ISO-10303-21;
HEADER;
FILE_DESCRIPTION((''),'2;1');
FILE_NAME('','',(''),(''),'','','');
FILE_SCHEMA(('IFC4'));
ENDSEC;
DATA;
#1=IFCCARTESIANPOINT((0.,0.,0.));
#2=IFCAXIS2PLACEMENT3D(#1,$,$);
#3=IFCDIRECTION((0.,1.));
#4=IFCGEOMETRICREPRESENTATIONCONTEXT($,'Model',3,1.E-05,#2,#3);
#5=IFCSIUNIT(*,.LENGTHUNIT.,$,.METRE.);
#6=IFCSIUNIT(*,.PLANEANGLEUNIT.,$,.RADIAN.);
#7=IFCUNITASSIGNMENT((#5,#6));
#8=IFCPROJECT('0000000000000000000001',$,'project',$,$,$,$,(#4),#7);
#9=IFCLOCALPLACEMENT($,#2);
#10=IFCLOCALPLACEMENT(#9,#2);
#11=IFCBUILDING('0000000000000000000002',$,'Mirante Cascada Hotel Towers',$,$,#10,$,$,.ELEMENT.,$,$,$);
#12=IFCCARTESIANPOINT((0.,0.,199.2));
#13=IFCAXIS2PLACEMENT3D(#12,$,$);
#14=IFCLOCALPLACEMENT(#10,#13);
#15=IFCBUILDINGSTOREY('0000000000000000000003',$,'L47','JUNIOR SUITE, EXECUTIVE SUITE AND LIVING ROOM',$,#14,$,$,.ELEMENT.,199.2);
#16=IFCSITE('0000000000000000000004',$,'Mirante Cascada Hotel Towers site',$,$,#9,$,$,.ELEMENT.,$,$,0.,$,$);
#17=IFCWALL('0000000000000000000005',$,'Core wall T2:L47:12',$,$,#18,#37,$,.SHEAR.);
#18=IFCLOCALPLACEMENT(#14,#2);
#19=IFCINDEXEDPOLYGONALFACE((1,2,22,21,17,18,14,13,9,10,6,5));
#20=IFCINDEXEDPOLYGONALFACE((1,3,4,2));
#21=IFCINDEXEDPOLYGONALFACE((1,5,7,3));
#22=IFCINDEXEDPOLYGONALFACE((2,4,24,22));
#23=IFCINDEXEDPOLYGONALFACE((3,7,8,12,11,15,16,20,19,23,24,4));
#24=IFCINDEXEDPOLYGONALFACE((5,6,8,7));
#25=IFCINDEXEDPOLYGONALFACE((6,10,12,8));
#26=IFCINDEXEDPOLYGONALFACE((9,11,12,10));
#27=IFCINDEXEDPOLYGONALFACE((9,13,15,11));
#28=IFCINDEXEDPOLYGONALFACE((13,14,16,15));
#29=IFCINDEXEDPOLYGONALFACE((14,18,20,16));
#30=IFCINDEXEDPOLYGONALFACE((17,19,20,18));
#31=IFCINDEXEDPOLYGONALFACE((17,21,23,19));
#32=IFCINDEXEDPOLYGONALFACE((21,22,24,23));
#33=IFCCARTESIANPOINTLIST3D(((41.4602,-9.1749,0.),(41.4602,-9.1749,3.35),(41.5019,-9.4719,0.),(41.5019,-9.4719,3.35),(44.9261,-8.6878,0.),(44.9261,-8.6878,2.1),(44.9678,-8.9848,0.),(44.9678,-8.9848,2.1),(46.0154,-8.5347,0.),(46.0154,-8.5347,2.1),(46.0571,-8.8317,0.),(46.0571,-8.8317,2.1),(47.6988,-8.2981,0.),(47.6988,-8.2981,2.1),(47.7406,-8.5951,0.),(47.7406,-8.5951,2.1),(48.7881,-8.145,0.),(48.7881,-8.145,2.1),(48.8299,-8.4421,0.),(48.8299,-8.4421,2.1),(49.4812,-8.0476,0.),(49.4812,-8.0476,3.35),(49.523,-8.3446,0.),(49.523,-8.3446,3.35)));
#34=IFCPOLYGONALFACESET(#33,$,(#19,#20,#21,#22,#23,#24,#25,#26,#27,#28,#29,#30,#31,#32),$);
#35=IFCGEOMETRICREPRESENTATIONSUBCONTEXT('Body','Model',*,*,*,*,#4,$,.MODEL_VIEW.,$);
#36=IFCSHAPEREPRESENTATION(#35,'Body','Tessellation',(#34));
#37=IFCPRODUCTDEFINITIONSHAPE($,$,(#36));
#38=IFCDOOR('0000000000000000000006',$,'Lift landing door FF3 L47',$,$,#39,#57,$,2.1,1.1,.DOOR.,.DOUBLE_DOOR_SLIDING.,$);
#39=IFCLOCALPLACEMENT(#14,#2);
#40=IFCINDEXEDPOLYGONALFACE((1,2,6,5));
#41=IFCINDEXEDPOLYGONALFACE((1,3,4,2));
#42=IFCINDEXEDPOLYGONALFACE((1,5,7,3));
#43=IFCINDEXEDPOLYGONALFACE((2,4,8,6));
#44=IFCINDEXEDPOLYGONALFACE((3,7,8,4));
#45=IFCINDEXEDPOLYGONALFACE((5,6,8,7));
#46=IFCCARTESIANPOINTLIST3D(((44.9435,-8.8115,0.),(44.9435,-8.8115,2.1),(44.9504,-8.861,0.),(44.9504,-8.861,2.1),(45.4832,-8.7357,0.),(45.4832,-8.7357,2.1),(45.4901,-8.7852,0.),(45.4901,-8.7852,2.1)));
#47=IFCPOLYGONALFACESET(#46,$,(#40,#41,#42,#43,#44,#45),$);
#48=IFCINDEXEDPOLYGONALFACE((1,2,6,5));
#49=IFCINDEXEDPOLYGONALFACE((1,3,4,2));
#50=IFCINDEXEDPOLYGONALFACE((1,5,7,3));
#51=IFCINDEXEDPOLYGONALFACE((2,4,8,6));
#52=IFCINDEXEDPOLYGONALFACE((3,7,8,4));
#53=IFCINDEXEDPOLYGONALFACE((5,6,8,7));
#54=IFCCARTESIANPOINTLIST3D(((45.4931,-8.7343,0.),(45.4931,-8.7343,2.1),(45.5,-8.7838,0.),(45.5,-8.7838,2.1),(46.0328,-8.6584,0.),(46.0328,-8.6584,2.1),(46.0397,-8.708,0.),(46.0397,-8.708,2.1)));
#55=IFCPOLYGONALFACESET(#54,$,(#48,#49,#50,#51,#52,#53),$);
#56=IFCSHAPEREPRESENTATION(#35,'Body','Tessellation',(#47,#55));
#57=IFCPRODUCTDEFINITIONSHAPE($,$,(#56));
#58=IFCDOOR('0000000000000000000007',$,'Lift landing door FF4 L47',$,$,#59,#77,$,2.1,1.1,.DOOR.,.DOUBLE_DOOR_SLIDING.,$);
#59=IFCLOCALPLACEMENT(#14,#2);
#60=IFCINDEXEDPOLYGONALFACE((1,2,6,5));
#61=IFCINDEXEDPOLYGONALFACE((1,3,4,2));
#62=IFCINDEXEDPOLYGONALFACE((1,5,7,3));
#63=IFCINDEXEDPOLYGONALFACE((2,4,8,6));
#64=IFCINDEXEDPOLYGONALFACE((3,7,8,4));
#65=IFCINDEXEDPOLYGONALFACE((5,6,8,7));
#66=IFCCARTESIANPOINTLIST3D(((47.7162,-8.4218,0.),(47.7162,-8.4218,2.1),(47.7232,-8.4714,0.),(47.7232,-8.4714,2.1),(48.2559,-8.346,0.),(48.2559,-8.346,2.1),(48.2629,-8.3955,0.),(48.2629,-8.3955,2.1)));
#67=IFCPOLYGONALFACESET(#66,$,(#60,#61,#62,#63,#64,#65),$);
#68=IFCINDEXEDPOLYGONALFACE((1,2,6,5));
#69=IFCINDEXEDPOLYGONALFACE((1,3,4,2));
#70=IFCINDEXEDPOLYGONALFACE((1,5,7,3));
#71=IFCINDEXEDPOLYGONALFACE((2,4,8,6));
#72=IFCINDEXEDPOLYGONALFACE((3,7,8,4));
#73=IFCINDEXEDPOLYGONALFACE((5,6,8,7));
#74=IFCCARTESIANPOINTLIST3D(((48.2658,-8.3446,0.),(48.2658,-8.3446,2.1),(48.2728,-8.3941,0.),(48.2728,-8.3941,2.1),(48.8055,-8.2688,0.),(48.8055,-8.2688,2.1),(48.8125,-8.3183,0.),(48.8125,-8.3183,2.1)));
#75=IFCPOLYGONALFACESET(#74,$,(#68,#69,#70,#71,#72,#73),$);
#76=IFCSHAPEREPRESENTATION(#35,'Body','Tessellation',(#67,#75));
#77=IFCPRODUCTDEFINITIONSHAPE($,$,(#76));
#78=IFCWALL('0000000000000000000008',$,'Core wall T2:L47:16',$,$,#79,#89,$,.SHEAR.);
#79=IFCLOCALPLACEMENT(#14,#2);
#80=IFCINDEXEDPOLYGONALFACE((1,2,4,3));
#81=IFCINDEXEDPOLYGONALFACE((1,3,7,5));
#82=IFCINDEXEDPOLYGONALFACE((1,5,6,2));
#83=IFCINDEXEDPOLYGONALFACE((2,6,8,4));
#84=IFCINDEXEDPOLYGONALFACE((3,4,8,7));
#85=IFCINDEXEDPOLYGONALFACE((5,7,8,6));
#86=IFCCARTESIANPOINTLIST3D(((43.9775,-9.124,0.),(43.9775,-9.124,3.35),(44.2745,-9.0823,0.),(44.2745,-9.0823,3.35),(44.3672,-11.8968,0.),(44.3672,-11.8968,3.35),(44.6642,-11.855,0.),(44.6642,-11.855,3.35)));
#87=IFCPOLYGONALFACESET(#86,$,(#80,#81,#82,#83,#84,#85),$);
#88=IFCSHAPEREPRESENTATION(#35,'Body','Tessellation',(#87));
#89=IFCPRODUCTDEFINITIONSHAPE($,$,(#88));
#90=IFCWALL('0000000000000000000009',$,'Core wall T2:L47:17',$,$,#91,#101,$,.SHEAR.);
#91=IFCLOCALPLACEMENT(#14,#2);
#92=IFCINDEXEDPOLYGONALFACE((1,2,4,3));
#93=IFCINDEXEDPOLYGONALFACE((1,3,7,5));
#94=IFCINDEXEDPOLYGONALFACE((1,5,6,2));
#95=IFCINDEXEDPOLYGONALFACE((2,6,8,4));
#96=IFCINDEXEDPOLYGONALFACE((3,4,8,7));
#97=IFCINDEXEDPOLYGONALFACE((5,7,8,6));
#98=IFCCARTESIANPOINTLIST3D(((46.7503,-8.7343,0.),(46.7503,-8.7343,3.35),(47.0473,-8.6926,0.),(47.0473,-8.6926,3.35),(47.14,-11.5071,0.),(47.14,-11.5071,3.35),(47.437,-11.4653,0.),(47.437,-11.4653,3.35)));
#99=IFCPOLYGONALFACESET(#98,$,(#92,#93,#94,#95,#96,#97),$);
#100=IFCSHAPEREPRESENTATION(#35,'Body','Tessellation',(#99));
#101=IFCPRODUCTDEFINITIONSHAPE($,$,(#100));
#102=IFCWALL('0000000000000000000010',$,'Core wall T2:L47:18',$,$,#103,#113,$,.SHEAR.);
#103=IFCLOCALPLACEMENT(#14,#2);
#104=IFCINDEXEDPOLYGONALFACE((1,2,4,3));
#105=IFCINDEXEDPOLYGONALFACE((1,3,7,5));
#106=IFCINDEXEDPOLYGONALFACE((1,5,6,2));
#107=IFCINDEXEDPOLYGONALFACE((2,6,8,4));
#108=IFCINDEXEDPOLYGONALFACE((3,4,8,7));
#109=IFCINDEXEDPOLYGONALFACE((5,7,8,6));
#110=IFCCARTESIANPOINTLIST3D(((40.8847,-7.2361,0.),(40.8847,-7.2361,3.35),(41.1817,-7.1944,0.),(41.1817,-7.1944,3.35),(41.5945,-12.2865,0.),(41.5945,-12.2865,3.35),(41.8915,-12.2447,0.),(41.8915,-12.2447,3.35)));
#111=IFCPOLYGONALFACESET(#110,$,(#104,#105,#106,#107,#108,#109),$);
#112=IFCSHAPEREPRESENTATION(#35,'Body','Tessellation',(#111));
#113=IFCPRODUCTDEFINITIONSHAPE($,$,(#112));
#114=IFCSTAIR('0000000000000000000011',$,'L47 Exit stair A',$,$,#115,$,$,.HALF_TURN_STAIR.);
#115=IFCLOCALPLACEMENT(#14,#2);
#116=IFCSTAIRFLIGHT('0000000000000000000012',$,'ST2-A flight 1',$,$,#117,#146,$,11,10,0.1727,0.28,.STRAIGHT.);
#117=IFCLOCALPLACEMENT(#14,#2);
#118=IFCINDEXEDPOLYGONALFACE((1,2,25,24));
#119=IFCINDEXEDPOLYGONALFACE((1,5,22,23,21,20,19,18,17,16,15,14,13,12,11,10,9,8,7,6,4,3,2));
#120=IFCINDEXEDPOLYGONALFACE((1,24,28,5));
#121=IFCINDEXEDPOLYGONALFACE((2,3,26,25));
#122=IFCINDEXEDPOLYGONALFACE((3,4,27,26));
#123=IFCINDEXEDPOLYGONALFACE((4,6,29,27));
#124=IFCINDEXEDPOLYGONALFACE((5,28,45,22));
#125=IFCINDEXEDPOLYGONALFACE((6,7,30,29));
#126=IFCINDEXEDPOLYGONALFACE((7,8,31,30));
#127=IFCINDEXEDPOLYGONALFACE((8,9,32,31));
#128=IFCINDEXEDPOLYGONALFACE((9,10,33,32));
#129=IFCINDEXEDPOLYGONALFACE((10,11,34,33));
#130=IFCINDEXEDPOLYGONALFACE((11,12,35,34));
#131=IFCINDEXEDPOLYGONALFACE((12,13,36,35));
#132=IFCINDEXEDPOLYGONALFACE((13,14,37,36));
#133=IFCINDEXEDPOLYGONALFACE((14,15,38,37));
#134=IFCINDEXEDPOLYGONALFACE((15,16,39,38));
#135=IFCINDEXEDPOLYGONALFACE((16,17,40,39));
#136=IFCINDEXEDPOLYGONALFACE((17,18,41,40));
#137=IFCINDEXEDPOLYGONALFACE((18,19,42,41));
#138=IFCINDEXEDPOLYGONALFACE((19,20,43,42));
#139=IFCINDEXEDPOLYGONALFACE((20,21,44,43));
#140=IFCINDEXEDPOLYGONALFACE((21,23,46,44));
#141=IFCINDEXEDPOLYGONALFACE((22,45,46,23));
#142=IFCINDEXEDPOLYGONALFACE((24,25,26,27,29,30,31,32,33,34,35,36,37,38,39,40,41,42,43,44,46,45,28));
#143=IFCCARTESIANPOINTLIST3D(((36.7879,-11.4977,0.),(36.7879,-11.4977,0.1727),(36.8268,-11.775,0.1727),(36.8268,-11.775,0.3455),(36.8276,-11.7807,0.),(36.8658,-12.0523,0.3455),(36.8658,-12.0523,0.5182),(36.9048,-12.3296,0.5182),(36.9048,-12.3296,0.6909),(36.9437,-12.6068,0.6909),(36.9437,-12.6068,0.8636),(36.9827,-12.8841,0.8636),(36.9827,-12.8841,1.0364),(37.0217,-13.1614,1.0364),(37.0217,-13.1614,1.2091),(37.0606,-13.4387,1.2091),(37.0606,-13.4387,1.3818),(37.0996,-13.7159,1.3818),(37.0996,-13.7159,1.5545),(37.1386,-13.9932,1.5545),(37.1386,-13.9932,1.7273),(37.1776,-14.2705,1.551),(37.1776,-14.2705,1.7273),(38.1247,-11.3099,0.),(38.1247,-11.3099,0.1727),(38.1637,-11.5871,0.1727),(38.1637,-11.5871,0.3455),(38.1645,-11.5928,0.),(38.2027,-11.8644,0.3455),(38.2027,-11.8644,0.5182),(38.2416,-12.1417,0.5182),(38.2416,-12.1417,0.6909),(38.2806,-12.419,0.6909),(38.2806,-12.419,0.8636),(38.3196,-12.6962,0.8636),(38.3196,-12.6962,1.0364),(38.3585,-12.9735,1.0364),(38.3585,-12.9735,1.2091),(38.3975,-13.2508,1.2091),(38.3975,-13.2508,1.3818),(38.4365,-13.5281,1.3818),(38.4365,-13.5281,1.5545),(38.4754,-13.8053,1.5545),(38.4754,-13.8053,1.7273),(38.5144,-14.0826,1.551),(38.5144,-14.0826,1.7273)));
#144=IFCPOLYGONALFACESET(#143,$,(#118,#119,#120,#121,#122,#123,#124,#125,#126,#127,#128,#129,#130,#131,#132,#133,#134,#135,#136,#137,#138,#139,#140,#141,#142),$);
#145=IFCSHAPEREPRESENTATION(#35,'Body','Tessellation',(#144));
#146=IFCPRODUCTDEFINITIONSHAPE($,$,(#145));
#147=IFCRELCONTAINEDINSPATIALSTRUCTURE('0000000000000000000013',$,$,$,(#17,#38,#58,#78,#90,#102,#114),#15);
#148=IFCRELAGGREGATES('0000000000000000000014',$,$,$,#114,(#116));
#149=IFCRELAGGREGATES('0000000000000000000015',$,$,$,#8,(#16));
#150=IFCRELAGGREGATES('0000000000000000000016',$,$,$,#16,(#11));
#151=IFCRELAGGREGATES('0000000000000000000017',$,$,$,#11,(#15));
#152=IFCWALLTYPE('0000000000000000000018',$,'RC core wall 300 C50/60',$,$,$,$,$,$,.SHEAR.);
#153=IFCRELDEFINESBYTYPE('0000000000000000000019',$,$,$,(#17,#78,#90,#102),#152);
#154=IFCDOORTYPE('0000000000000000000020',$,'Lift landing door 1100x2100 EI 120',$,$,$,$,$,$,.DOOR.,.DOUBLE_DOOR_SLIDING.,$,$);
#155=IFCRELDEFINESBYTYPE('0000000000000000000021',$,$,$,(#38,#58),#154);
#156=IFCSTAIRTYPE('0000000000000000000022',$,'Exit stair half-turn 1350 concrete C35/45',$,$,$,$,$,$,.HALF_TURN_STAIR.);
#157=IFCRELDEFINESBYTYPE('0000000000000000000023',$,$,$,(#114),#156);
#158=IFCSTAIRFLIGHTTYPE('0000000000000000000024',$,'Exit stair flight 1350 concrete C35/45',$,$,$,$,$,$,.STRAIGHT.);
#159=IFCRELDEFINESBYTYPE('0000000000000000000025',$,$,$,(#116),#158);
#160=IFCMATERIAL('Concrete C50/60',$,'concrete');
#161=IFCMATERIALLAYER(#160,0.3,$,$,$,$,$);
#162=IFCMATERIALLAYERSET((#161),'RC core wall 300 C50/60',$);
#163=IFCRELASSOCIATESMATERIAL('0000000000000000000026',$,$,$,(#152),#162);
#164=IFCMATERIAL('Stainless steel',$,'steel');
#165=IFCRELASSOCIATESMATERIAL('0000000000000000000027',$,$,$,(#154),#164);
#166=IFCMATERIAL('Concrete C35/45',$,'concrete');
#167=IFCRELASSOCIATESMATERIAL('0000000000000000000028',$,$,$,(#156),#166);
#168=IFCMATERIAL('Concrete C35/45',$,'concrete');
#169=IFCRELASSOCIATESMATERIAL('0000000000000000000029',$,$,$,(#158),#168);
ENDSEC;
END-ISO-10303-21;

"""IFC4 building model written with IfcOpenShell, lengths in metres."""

from ifc_helpers import new_model, si_unit, direction, frame, frame_2d, origin, place, context, subcontext, project, spatial, polyline, rectangle, outline, extrude, material, layer, layer_set, type_object, element, fill, aggregate, save


model = new_model("IFC4")

# Units and contexts
model_context = context("Model", 3, precision=1e-05, world=origin(), true_north=direction((0.0, 1.0)))
body_context = subcontext(model_context, "Body", "Model", "MODEL_VIEW")
ifc_project = project(units=[si_unit("LENGTHUNIT", "METRE"), si_unit("PLANEANGLEUNIT", "RADIAN")], contexts=[model_context])

# Site, building, storey
site_placement = place(None, origin())
site = spatial("IfcSite", under=ifc_project, at=site_placement, Name="Mirante Cascada Hotel Towers site", CompositionType="ELEMENT", RefElevation=0.0)
building_placement = place(site_placement, origin())
building = spatial("IfcBuilding", under=site, at=building_placement, Name="Mirante Cascada Hotel Towers", CompositionType="ELEMENT")
storey_placement = place(building_placement, frame((0.0, 0.0, 199.2)))
storey = spatial("IfcBuildingStorey", under=building, at=storey_placement, Name="L47", Description="JUNIOR SUITE, EXECUTIVE SUITE AND LIVING ROOM", CompositionType="ELEMENT", Elevation=199.2)

# Shared definitions
ifc_material_1 = material(Name="Concrete C50/60", Category="concrete")
ifc_layer_1 = layer(ifc_material_1, 0.3)
ifc_layer_set_1 = layer_set([ifc_layer_1], Name="RC core wall 300 C50/60")
wall_type_1 = type_object("IfcWallType", Name="RC core wall 300 C50/60", PredefinedType="SHEAR", material=ifc_layer_set_1)
ifc_material_2 = material(Name="Stainless steel", Category="steel")
door_type_1 = type_object("IfcDoorType", Name="Lift landing door 1100x2100 EI 120", OperationType="DOUBLE_DOOR_SLIDING", PredefinedType="DOOR", material=ifc_material_2)

# Wall, openings, doors
wall_1_placement = place(storey_placement, frame((41.481, -9.3234, 0.0), z_axis=(0.0, 0.0, 1.0), x_axis=(0.990268, 0.139174, 0.0)))
wall_1 = element("IfcWall", 1, at=wall_1_placement, inside=storey, type_object=wall_type_1, Name="Core wall T2:L47:12", PredefinedType="SHEAR", context=body_context, shape_type="SweptSolid", body=[
    extrude(rectangle(XDim=8.0999, YDim=0.3, at=frame_2d((4.05, 0.0))), origin(), (0.0, 0.0, 1.0), 3.35),
])
opening_1_placement = place(wall_1_placement, frame((3.5, 0.0, 0.0)))
opening_1 = element("IfcOpeningElement", 2, at=opening_1_placement, cuts=wall_1, PredefinedType="OPENING", context=body_context, shape_type="SweptSolid", body=[
    extrude(rectangle(XDim=1.1, YDim=2.1, at=frame_2d((0.55, 1.05))), frame((0.0, 0.15, 0.0), z_axis=(0.0, -1.0, 0.0), x_axis=(1.0, 0.0, 0.0)), (0.0, 0.0, 1.0), 0.3),
])
opening_2_placement = place(wall_1_placement, frame((6.3, 0.0, 0.0)))
opening_2 = element("IfcOpeningElement", 3, at=opening_2_placement, cuts=wall_1, PredefinedType="OPENING", context=body_context, shape_type="SweptSolid", body=[
    extrude(rectangle(XDim=1.1, YDim=2.1, at=frame_2d((0.55, 1.05))), frame((0.0, 0.15, 0.0), z_axis=(0.0, -1.0, 0.0), x_axis=(1.0, 0.0, 0.0)), (0.0, 0.0, 1.0), 0.3),
])
door_1_placement = place(opening_1_placement, origin())
door_1 = element("IfcDoor", 4, at=door_1_placement, inside=storey, type_object=door_type_1, Name="Lift landing door FF3 L47", OperationType="DOUBLE_DOOR_SLIDING", OverallHeight=2.1, OverallWidth=1.1, PredefinedType="DOOR", context=body_context, shape_type="SweptSolid", body=[
    extrude(rectangle(XDim=0.545, YDim=2.1, at=frame_2d((0.2725, 1.05))), frame((0.0, 0.025, 0.0), z_axis=(0.0, -1.0, 0.0), x_axis=(1.0, 0.0, 0.0)), (0.0, 0.0, 1.0), 0.05),
    extrude(rectangle(XDim=0.545, YDim=2.1, at=frame_2d((0.8275, 1.05))), frame((0.0, 0.025, 0.0), z_axis=(0.0, -1.0, 0.0), x_axis=(1.0, 0.0, 0.0)), (0.0, 0.0, 1.0), 0.05),
])
fill(opening_1, door_1)
door_2_placement = place(opening_2_placement, origin())
door_2 = element("IfcDoor", 5, at=door_2_placement, inside=storey, type_object=door_type_1, Name="Lift landing door FF4 L47", OperationType="DOUBLE_DOOR_SLIDING", OverallHeight=2.1, OverallWidth=1.1, PredefinedType="DOOR", context=body_context, shape_type="SweptSolid", body=[
    extrude(rectangle(XDim=0.545, YDim=2.1, at=frame_2d((0.2725, 1.05))), frame((0.0, 0.025, 0.0), z_axis=(0.0, -1.0, 0.0), x_axis=(1.0, 0.0, 0.0)), (0.0, 0.0, 1.0), 0.05),
    extrude(rectangle(XDim=0.545, YDim=2.1, at=frame_2d((0.8275, 1.05))), frame((0.0, 0.025, 0.0), z_axis=(0.0, -1.0, 0.0), x_axis=(1.0, 0.0, 0.0)), (0.0, 0.0, 1.0), 0.05),
])
fill(opening_2, door_2)

# Walls
for number, where, z_axis, x_axis, name in (
    (6, (44.5157, -11.8759, 0.0), (0.0, 0.0, 1.0), (-0.139181, 0.990267, 0.0), "Core wall T2:L47:16"),
    (7, (47.2885, -11.4862, 0.0), (0.0, 0.0, 1.0), (-0.139181, 0.990267, 0.0), "Core wall T2:L47:17"),
):
    element("IfcWall", number, at=place(storey_placement, frame(where, z_axis=z_axis, x_axis=x_axis)), inside=storey, type_object=wall_type_1, Name=name, PredefinedType="SHEAR", context=body_context, shape_type="SweptSolid", body=[
        extrude(rectangle(XDim=2.8, YDim=0.3, at=frame_2d((1.4, 0.0))), origin(), (0.0, 0.0, 1.0), 3.35),
    ])
wall_2_placement = place(storey_placement, frame((41.743, -12.2656, 0.0), z_axis=(0.0, 0.0, 1.0), x_axis=(-0.139176, 0.990268, 0.0)))
element("IfcWall", 8, at=wall_2_placement, inside=storey, type_object=wall_type_1, Name="Core wall T2:L47:18", PredefinedType="SHEAR", context=body_context, shape_type="SweptSolid", body=[
    extrude(rectangle(XDim=5.1, YDim=0.3, at=frame_2d((2.55, 0.0))), origin(), (0.0, 0.0, 1.0), 3.35),
])

# Stair, stair flight
ifc_material_3 = material(Name="Concrete C35/45", Category="concrete")
stair_type = type_object("IfcStairType", Name="Exit stair half-turn 1350 concrete C35/45", PredefinedType="HALF_TURN_STAIR", material=ifc_material_3)
stair_placement = place(storey_placement, origin())
stair = element("IfcStair", 9, at=stair_placement, inside=storey, type_object=stair_type, Name="L47 Exit stair A", PredefinedType="HALF_TURN_STAIR")
ifc_material_4 = material(Name="Concrete C35/45", Category="concrete")
stair_flight_type = type_object("IfcStairFlightType", Name="Exit stair flight 1350 concrete C35/45", PredefinedType="STRAIGHT", material=ifc_material_4)
stair_flight_placement = place(storey_placement, frame((37.4563, -11.4038, 0.0), z_axis=(0.0, 0.0, 1.0), x_axis=(0.139173, -0.990268, 0.0)))
stair_flight = element("IfcStairFlight", 10, at=stair_flight_placement, type_object=stair_flight_type, Name="ST2-A flight 1", NumberOfRisers=11, NumberOfTreads=10, PredefinedType="STRAIGHT", RiserHeight=0.1727, TreadLength=0.28, context=body_context, shape_type="SweptSolid", body=[
    extrude(outline(polyline([(0.0, 0.0), (0.0, 0.1727), (0.28, 0.1727), (0.28, 0.3455), (0.56, 0.3455), (0.56, 0.5182), (0.84, 0.5182), (0.84, 0.6909), (1.12, 0.6909), (1.12, 0.8636), (1.4, 0.8636), (1.4, 1.0364), (1.68, 1.0364), (1.68, 1.2091), (1.96, 1.2091), (1.96, 1.3818), (2.24, 1.3818), (2.24, 1.5545), (2.52, 1.5545), (2.52, 1.7273), (2.8, 1.7273), (2.8, 1.9), (2.8, 1.551), (0.2857, 0.0), (0.0, 0.0)])), frame((0.0, 0.675, 0.0), z_axis=(0.0, -1.0, 0.0), x_axis=(1.0, 0.0, 0.0)), (0.0, 0.0, 1.0), 1.35),
])
aggregate(stair, [stair_flight])

save(model, "model.ifc")
